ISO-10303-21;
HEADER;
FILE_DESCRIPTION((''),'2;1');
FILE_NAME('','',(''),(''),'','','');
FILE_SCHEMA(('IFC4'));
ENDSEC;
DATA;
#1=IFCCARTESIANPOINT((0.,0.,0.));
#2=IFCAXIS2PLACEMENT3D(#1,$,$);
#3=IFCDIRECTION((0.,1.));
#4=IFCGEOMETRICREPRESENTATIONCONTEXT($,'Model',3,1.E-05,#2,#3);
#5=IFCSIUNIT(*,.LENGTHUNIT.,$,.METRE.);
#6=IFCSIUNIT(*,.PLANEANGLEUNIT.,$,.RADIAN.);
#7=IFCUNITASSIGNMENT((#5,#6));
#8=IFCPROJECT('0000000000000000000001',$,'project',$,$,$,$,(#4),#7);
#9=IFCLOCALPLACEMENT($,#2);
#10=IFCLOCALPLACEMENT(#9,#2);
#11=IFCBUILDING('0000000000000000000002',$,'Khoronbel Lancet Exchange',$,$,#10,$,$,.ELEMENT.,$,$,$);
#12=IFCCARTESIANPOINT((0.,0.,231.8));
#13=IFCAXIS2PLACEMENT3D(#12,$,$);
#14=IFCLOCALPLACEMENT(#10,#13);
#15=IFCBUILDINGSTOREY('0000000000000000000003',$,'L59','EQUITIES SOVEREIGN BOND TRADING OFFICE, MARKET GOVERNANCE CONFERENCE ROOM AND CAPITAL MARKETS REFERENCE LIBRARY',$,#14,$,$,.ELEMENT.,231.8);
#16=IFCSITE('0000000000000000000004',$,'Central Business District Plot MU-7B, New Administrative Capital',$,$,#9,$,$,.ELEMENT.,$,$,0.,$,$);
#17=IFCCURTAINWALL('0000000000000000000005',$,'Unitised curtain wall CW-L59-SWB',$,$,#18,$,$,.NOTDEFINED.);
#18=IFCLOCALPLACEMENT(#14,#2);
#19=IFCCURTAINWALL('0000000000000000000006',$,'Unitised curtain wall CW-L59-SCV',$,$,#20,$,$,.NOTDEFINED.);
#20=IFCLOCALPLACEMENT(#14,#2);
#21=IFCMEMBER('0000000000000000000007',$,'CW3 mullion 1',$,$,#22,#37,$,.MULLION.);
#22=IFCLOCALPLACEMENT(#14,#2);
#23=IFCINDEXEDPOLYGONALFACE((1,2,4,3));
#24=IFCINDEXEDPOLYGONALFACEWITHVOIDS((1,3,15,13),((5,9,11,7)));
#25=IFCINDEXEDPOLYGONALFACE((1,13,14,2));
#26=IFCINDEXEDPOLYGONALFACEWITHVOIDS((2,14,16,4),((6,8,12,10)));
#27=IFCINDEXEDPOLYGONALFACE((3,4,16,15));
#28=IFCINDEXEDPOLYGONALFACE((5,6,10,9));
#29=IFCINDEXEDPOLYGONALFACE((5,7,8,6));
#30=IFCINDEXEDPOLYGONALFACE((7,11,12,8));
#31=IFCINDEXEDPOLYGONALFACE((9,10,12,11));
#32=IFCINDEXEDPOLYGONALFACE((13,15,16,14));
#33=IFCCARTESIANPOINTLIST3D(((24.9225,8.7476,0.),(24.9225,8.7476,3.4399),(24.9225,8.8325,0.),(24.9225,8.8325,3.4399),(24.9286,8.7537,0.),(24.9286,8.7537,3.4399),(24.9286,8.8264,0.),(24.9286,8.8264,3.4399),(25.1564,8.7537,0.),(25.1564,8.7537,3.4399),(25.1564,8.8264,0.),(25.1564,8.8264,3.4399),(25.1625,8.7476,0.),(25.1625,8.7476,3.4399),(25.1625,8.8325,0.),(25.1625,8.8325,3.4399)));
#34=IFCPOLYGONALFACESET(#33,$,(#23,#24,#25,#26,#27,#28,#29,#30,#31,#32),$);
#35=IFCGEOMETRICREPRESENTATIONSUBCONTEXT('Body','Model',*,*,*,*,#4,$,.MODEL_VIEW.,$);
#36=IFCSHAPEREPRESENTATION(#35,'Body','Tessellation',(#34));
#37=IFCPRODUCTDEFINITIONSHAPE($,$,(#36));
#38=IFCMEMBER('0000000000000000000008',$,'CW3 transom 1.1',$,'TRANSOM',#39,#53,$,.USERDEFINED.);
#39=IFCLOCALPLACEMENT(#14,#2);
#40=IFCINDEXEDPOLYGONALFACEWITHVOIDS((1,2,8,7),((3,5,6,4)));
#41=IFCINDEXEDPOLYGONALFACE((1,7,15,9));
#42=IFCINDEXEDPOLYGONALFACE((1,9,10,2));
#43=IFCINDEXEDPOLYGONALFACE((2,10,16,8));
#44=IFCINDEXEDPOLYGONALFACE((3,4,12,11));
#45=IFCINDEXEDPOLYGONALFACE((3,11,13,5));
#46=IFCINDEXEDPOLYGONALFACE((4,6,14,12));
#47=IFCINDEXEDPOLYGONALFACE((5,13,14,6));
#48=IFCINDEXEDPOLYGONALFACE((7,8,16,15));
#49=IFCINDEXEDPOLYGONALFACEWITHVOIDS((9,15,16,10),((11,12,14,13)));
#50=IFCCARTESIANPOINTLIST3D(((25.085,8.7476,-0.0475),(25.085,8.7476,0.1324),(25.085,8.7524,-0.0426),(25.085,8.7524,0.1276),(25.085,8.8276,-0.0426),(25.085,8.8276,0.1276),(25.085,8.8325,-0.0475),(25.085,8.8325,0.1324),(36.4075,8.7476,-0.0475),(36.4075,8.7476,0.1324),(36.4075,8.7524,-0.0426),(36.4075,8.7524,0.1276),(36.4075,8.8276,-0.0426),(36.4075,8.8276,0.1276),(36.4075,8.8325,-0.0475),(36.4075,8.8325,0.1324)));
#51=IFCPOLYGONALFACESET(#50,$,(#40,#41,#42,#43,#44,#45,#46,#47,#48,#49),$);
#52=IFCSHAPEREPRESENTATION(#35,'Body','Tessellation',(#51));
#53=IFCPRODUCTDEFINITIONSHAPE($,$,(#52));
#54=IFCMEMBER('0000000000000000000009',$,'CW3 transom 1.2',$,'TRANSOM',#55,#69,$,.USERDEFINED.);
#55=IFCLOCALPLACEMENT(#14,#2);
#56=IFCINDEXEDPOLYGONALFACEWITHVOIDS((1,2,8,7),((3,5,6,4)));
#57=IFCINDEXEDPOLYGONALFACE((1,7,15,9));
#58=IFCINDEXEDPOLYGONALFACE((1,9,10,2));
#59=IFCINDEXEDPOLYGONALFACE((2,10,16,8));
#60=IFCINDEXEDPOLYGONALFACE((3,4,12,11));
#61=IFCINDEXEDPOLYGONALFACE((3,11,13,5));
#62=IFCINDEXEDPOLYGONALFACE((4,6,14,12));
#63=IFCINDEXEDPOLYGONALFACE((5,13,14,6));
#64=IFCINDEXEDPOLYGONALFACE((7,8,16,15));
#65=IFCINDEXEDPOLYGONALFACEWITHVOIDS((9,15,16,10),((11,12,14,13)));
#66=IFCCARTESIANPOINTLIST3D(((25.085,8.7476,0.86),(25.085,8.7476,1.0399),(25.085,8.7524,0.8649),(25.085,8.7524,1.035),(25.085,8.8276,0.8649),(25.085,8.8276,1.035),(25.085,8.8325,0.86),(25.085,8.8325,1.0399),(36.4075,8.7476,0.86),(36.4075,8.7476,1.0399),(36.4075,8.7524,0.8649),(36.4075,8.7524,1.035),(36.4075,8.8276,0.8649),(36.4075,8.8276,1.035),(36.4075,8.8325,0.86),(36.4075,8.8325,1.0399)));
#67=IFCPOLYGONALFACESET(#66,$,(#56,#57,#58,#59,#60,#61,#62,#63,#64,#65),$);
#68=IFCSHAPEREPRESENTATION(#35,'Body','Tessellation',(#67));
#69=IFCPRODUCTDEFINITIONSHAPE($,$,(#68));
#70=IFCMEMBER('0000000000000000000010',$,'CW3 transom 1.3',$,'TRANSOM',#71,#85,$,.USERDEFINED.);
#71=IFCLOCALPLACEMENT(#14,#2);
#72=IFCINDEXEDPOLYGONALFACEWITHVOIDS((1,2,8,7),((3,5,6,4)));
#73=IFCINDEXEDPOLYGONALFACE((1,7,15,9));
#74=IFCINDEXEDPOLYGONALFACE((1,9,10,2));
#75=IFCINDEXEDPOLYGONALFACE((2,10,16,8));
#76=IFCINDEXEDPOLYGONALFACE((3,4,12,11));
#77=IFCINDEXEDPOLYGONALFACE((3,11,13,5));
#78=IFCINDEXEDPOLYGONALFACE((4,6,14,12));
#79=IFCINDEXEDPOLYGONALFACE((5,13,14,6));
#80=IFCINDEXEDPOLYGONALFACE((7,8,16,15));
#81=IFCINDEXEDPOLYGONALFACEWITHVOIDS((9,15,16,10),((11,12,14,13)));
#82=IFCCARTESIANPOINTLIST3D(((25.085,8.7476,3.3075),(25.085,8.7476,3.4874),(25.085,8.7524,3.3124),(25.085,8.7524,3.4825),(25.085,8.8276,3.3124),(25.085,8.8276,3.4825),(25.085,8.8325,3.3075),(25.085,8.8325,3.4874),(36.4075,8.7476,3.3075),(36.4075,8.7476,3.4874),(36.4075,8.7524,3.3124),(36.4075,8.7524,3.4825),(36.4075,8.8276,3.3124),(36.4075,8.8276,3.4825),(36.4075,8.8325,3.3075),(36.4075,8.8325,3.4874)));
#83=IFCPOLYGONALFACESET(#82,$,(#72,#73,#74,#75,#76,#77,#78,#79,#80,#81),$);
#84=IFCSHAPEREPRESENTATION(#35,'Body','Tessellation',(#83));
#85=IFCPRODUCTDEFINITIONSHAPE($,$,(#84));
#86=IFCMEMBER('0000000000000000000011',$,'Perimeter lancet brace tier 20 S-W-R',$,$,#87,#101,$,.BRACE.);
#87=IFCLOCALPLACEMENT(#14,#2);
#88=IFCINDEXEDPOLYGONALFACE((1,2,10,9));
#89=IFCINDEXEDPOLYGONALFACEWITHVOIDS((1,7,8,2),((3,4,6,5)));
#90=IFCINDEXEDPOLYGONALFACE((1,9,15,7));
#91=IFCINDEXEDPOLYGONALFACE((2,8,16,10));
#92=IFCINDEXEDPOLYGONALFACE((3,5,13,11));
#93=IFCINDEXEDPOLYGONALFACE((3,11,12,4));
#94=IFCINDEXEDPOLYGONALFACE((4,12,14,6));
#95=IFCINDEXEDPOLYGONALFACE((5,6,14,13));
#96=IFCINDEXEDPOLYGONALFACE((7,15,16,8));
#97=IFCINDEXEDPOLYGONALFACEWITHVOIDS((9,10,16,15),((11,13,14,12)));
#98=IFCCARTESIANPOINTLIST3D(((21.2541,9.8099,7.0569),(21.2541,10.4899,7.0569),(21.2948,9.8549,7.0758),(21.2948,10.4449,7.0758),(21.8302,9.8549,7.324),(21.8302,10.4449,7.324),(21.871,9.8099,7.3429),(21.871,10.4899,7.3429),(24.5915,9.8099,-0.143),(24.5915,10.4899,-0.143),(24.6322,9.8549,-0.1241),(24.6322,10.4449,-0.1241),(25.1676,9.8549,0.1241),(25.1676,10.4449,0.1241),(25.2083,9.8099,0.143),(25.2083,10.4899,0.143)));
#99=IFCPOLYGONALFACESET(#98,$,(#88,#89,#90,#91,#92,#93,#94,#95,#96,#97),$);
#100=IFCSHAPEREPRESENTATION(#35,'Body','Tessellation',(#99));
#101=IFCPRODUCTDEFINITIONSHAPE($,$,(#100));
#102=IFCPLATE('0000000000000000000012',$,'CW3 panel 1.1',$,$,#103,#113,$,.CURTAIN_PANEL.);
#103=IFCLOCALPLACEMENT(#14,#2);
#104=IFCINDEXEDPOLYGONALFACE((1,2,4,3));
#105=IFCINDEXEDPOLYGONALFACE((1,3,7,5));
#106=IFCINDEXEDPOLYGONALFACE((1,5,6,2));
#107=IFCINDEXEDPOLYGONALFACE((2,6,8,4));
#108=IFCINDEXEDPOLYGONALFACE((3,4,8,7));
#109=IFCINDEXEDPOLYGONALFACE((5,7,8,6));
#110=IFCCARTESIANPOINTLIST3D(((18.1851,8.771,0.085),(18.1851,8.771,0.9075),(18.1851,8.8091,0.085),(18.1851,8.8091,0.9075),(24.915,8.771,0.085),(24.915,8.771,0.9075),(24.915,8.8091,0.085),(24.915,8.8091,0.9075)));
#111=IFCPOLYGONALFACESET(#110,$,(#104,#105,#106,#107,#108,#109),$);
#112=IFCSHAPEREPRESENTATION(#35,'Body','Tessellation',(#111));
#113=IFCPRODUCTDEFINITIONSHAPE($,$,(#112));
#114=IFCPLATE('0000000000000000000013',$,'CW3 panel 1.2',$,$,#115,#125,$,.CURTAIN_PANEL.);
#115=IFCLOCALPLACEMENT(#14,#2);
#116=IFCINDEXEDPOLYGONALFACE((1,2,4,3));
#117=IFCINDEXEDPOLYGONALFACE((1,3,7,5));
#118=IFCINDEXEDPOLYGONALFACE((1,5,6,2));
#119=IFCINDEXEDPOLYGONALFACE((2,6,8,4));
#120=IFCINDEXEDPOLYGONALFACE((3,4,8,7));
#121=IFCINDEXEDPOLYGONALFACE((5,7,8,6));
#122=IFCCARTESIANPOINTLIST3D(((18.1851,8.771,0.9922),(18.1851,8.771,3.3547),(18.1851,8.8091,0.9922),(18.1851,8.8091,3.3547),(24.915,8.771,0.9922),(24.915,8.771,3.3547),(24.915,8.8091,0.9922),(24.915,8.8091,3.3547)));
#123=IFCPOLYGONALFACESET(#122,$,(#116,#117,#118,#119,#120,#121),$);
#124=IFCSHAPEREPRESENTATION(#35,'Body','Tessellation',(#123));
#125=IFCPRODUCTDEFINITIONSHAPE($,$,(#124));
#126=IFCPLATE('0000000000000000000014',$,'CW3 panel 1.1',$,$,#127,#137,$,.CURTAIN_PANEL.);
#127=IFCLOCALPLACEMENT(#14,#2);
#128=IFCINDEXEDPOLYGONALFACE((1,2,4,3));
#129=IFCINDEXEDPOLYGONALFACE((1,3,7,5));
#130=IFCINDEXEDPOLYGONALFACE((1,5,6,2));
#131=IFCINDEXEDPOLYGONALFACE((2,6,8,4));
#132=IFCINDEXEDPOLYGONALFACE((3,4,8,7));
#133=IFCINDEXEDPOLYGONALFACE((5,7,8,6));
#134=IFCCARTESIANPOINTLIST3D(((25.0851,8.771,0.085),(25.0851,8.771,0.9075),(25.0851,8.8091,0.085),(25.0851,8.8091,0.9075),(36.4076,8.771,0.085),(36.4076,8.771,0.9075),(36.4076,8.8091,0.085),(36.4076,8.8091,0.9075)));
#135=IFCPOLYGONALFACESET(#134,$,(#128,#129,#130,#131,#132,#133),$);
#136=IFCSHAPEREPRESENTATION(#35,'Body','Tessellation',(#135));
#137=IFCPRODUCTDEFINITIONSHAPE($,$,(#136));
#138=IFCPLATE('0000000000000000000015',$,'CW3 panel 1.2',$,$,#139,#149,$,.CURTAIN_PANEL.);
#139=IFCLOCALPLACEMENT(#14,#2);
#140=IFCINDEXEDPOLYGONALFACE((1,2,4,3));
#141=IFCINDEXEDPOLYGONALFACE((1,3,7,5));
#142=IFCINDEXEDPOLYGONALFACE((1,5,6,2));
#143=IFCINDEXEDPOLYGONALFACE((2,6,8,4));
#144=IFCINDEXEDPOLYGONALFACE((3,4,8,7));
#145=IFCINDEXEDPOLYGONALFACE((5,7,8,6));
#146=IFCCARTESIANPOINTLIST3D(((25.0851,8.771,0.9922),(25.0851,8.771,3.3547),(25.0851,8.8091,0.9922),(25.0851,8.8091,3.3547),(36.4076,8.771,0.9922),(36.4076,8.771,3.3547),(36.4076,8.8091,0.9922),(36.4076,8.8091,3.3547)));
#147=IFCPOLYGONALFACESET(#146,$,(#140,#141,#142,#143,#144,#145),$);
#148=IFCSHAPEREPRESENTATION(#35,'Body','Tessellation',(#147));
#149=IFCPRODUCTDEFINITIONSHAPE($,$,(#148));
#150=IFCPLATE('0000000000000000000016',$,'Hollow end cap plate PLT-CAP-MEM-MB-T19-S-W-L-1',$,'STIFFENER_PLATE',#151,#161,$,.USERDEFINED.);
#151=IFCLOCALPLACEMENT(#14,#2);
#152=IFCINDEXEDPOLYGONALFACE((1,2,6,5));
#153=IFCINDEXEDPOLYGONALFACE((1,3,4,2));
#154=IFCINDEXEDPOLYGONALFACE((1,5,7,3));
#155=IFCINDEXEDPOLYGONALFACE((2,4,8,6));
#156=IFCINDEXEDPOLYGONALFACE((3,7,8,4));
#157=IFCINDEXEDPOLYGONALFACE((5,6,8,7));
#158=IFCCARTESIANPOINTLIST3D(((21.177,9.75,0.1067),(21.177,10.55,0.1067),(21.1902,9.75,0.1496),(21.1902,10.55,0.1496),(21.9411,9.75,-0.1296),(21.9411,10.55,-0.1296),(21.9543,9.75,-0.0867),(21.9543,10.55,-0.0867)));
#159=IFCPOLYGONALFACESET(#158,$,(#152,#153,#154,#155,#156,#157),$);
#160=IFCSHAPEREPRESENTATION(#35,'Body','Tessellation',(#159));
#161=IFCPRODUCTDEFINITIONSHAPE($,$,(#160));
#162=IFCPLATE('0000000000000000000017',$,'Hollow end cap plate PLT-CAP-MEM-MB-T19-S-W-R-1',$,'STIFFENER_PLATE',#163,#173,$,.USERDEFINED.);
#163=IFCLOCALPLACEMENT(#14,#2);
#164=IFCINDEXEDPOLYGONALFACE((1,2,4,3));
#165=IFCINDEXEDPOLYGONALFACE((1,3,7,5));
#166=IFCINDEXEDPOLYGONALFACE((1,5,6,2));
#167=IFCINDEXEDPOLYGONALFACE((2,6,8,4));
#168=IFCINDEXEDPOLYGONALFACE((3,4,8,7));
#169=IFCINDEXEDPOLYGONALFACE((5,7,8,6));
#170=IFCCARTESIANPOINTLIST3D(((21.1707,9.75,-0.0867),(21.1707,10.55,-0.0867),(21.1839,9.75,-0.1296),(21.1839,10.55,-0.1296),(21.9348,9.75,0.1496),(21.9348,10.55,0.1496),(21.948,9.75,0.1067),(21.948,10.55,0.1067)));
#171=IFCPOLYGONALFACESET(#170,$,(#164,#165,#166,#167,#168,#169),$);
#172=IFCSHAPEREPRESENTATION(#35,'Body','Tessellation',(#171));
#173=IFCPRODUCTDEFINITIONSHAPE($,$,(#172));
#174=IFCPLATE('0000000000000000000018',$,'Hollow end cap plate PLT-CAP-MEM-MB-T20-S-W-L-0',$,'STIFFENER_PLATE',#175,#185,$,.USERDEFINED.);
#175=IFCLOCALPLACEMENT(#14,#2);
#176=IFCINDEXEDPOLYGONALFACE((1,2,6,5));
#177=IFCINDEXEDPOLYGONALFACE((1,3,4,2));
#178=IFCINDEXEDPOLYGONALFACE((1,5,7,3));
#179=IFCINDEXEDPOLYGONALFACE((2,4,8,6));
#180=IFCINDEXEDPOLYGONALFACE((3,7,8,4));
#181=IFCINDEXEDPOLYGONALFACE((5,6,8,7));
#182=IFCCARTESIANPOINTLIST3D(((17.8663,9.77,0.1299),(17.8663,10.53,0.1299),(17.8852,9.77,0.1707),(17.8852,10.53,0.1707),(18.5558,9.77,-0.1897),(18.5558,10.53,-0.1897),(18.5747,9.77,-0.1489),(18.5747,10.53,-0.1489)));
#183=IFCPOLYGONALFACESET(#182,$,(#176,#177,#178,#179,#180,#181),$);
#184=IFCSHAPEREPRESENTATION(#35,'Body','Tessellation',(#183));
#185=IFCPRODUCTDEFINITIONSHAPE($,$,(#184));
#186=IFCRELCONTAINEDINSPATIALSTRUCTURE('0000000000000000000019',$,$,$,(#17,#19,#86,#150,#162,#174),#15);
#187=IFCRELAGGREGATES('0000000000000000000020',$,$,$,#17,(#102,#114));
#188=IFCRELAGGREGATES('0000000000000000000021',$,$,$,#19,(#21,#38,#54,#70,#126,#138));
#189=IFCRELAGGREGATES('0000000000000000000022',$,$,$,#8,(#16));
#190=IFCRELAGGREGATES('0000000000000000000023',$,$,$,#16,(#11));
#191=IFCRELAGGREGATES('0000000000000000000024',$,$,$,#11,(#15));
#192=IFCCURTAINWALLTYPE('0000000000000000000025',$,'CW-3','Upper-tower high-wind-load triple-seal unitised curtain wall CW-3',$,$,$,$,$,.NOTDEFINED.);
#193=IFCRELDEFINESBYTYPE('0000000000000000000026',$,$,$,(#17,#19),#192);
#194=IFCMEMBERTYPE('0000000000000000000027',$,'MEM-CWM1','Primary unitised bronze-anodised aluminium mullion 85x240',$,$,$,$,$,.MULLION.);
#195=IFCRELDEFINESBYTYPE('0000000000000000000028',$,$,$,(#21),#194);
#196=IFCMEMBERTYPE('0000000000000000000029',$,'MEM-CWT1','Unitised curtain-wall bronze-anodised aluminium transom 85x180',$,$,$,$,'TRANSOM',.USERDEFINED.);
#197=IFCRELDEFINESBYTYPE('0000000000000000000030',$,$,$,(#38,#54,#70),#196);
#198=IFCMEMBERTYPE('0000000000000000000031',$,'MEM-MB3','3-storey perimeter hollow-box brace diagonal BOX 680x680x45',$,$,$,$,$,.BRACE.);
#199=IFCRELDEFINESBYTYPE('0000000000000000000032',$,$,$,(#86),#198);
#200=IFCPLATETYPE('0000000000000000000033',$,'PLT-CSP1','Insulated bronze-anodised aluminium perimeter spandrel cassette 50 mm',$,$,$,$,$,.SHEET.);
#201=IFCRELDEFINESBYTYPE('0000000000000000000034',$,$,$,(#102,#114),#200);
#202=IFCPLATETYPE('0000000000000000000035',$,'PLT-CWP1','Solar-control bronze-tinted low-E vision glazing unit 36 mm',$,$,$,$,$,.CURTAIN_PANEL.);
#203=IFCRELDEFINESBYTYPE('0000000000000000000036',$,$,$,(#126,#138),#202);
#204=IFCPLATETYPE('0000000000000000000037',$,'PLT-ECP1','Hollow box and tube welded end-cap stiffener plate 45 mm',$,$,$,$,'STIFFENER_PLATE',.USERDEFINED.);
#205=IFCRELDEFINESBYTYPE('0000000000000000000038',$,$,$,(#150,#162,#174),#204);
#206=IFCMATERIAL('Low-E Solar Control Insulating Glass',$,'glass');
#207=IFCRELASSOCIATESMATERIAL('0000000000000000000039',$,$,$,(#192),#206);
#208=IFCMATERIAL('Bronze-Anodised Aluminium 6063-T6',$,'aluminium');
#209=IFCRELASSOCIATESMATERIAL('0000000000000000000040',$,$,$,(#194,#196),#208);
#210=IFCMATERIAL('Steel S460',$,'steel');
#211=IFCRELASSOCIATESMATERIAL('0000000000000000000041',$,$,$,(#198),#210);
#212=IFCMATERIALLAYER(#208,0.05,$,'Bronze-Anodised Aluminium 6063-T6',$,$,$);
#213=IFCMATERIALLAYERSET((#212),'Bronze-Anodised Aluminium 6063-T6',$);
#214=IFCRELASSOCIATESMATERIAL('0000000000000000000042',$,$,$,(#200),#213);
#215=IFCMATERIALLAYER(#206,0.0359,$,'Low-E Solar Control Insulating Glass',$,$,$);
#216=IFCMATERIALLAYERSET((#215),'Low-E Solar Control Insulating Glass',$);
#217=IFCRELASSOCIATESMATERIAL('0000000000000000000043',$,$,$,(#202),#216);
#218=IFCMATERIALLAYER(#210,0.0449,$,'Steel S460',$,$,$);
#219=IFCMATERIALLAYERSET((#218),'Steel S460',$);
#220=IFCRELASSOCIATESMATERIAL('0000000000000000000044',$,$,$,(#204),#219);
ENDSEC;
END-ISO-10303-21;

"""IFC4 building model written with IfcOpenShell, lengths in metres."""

from ifc_helpers import new_model, si_unit, direction, frame, origin, origin_2d, place, context, subcontext, project, spatial, polyline, rectangle, hollow_rectangle, outline, extrude, material, layer, layer_set, material_profile, profile_set, type_object, element, aggregate, save


model = new_model("IFC4")

# Units and contexts
model_context = context("Model", 3, precision=1e-05, world=origin(), true_north=direction((0.0, 1.0)))
body_context = subcontext(model_context, "Body", "Model", "MODEL_VIEW")
ifc_project = project(units=[si_unit("LENGTHUNIT", "METRE"), si_unit("PLANEANGLEUNIT", "RADIAN")], contexts=[model_context])

# Site, building, storey
site_placement = place(None, origin())
site = spatial("IfcSite", under=ifc_project, at=site_placement, Name="Central Business District Plot MU-7B, New Administrative Capital", CompositionType="ELEMENT", RefElevation=0.0)
building_placement = place(site_placement, origin())
building = spatial("IfcBuilding", under=site, at=building_placement, Name="Khoronbel Lancet Exchange", CompositionType="ELEMENT")
storey_placement = place(building_placement, frame((0.0, 0.0, 231.8)))
storey = spatial("IfcBuildingStorey", under=building, at=storey_placement, Name="L59", Description="EQUITIES SOVEREIGN BOND TRADING OFFICE, MARKET GOVERNANCE CONFERENCE ROOM AND CAPITAL MARKETS REFERENCE LIBRARY", CompositionType="ELEMENT", Elevation=231.8)

# Shared definitions
ifc_material_1 = material(Name="Steel S460", Category="steel")

# Curtain wall
ifc_material_2 = material(Name="Low-E Solar Control Insulating Glass", Category="glass")
curtain_wall_type = type_object("IfcCurtainWallType", Name="CW-3", Description="Upper-tower high-wind-load triple-seal unitised curtain wall CW-3", PredefinedType="NOTDEFINED", material=ifc_material_2)
curtain_wall_1_placement = place(storey_placement, origin())
curtain_wall_1 = element("IfcCurtainWall", 1, at=curtain_wall_1_placement, inside=storey, type_object=curtain_wall_type, Name="Unitised curtain wall CW-L59-SWB", PredefinedType="NOTDEFINED")
ifc_material_3 = material(Name="Bronze-Anodised Aluminium 6063-T6", Category="aluminium")
ifc_material_profile_1 = material_profile(ifc_material_3, hollow_rectangle(XDim=0.085, YDim=0.24, WallThickness=0.0061, at=origin_2d()), Name="ALU MULLION 85x240")
ifc_profile_set_1 = profile_set([ifc_material_profile_1], Name="Bronze-Anodised Aluminium 6063-T6")
member_type_1 = type_object("IfcMemberType", Name="MEM-CWM1", Description="Primary unitised bronze-anodised aluminium mullion 85x240", PredefinedType="MULLION", material=ifc_profile_set_1)

# Curtain wall, members
curtain_wall_2_placement = place(storey_placement, origin())
curtain_wall_2 = element("IfcCurtainWall", 2, at=curtain_wall_2_placement, inside=storey, type_object=curtain_wall_type, Name="Unitised curtain wall CW-L59-SCV", PredefinedType="NOTDEFINED")
member_1_placement = place(storey_placement, frame((25.0425, 8.79, 0.0), z_axis=(0.0, 0.0, 1.0), x_axis=(0.0, 1.0, 0.0)))
member_1 = element("IfcMember", 3, at=member_1_placement, type_object=member_type_1, Name="CW3 mullion 1", PredefinedType="MULLION", context=body_context, shape_type="SweptSolid", body=[
    extrude(hollow_rectangle(XDim=0.085, YDim=0.24, WallThickness=0.0061, at=origin_2d()), origin(), (0.0, 0.0, 1.0), 3.4399),
])
ifc_material_profile_2 = material_profile(ifc_material_3, hollow_rectangle(XDim=0.085, YDim=0.1799, WallThickness=0.0049, at=origin_2d()), Name="ALU TRANSOM 85x180")
ifc_profile_set_2 = profile_set([ifc_material_profile_2], Name="Bronze-Anodised Aluminium 6063-T6")
member_type_2 = type_object("IfcMemberType", Name="MEM-CWT1", Description="Unitised curtain-wall bronze-anodised aluminium transom 85x180", ElementType="TRANSOM", PredefinedType="USERDEFINED", material=ifc_profile_set_2)
member_2_placement = place(storey_placement, frame((25.085, 8.79, 0.0425), z_axis=(1.0, 0.0, 0.0), x_axis=(0.0, 1.0, 0.0)))
member_2 = element("IfcMember", 4, at=member_2_placement, type_object=member_type_2, Name="CW3 transom 1.1", ObjectType="TRANSOM", PredefinedType="USERDEFINED", context=body_context, shape_type="SweptSolid", body=[
    extrude(hollow_rectangle(XDim=0.085, YDim=0.1799, WallThickness=0.0049, at=origin_2d()), origin(), (0.0, 0.0, 1.0), 11.3225),
])
member_3_placement = place(storey_placement, frame((25.085, 8.79, 0.95), z_axis=(1.0, 0.0, 0.0), x_axis=(0.0, 1.0, 0.0)))
member_3 = element("IfcMember", 5, at=member_3_placement, type_object=member_type_2, Name="CW3 transom 1.2", ObjectType="TRANSOM", PredefinedType="USERDEFINED", context=body_context, shape_type="SweptSolid", body=[
    extrude(hollow_rectangle(XDim=0.085, YDim=0.1799, WallThickness=0.0049, at=origin_2d()), origin(), (0.0, 0.0, 1.0), 11.3225),
])
member_4_placement = place(storey_placement, frame((25.085, 8.79, 3.3975), z_axis=(1.0, 0.0, 0.0), x_axis=(0.0, 1.0, 0.0)))
member_4 = element("IfcMember", 6, at=member_4_placement, type_object=member_type_2, Name="CW3 transom 1.3", ObjectType="TRANSOM", PredefinedType="USERDEFINED", context=body_context, shape_type="SweptSolid", body=[
    extrude(hollow_rectangle(XDim=0.085, YDim=0.1799, WallThickness=0.0049, at=origin_2d()), origin(), (0.0, 0.0, 1.0), 11.3225),
])

# Member
ifc_material_profile_3 = material_profile(ifc_material_1, hollow_rectangle(XDim=0.6799, YDim=0.6799, WallThickness=0.0449, at=origin_2d()), Name="BOX 680x680x45")
ifc_profile_set_3 = profile_set([ifc_material_profile_3], Name="Steel S460")
member_type_3 = type_object("IfcMemberType", Name="MEM-MB3", Description="3-storey perimeter hollow-box brace diagonal BOX 680x680x45", PredefinedType="BRACE", material=ifc_profile_set_3)
member_5_placement = place(storey_placement, frame((24.8999, 10.1499, 0.0), z_axis=(-0.420548, 0.0, 0.90727), x_axis=(0.0, -1.0, 0.0)))
element("IfcMember", 7, at=member_5_placement, inside=storey, type_object=member_type_3, Name="Perimeter lancet brace tier 20 S-W-R", PredefinedType="BRACE", context=body_context, shape_type="SweptSolid", body=[
    extrude(hollow_rectangle(XDim=0.6799, YDim=0.6799, WallThickness=0.0449, at=origin_2d()), origin(), (0.0, 0.0, 1.0), 7.9358),
])

# Plates
ifc_layer_1 = layer(ifc_material_3, 0.05, Name="Bronze-Anodised Aluminium 6063-T6")
ifc_layer_set_1 = layer_set([ifc_layer_1], Name="Bronze-Anodised Aluminium 6063-T6")
plate_type_1 = type_object("IfcPlateType", Name="PLT-CSP1", Description="Insulated bronze-anodised aluminium perimeter spandrel cassette 50 mm", PredefinedType="SHEET", material=ifc_layer_set_1)
plate_1_placement = place(storey_placement, frame((21.55, 8.79, 0.085), z_axis=(0.0, 0.0, 1.0), x_axis=(1.0, 0.0, 0.0)))
plate_1 = element("IfcPlate", 8, at=plate_1_placement, type_object=plate_type_1, Name="CW3 panel 1.1", PredefinedType="CURTAIN_PANEL", context=body_context, shape_type="SweptSolid", body=[
    extrude(rectangle(XDim=6.73, YDim=0.0381, at=origin_2d()), origin(), (0.0, 0.0, 1.0), 0.8225),
])
plate_2_placement = place(storey_placement, frame((21.55, 8.79, 0.9922), z_axis=(0.0, 0.0, 1.0), x_axis=(1.0, 0.0, 0.0)))
plate_2 = element("IfcPlate", 9, at=plate_2_placement, type_object=plate_type_1, Name="CW3 panel 1.2", PredefinedType="CURTAIN_PANEL", context=body_context, shape_type="SweptSolid", body=[
    extrude(rectangle(XDim=6.73, YDim=0.0381, at=origin_2d()), origin(), (0.0, 0.0, 1.0), 2.3625),
])
aggregate(curtain_wall_1, [plate_1, plate_2])
ifc_layer_2 = layer(ifc_material_2, 0.0359, Name="Low-E Solar Control Insulating Glass")
ifc_layer_set_2 = layer_set([ifc_layer_2], Name="Low-E Solar Control Insulating Glass")
plate_type_2 = type_object("IfcPlateType", Name="PLT-CWP1", Description="Solar-control bronze-tinted low-E vision glazing unit 36 mm", PredefinedType="CURTAIN_PANEL", material=ifc_layer_set_2)
plate_3_placement = place(storey_placement, frame((30.7463, 8.79, 0.085), z_axis=(0.0, 0.0, 1.0), x_axis=(1.0, 0.0, 0.0)))
plate_3 = element("IfcPlate", 10, at=plate_3_placement, type_object=plate_type_2, Name="CW3 panel 1.1", PredefinedType="CURTAIN_PANEL", context=body_context, shape_type="SweptSolid", body=[
    extrude(rectangle(XDim=11.3225, YDim=0.0381, at=origin_2d()), origin(), (0.0, 0.0, 1.0), 0.8225),
])
plate_4_placement = place(storey_placement, frame((30.7463, 8.79, 0.9922), z_axis=(0.0, 0.0, 1.0), x_axis=(1.0, 0.0, 0.0)))
plate_4 = element("IfcPlate", 11, at=plate_4_placement, type_object=plate_type_2, Name="CW3 panel 1.2", PredefinedType="CURTAIN_PANEL", context=body_context, shape_type="SweptSolid", body=[
    extrude(rectangle(XDim=11.3225, YDim=0.0381, at=origin_2d()), origin(), (0.0, 0.0, 1.0), 2.3625),
])
aggregate(curtain_wall_2, [member_1, member_2, member_3, member_4, plate_3, plate_4])

# Plates
ifc_layer_3 = layer(ifc_material_1, 0.0449, Name="Steel S460")
ifc_layer_set_3 = layer_set([ifc_layer_3], Name="Steel S460")
plate_type_3 = type_object("IfcPlateType", Name="PLT-ECP1", Description="Hollow box and tube welded end-cap stiffener plate 45 mm", ElementType="STIFFENER_PLATE", PredefinedType="USERDEFINED", material=ifc_layer_set_3)
for number, where, z_axis, x_axis, name in (
    (12, (21.9543, 9.75, -0.0867), (0.295458, 0.0, 0.955356), (0.0, 1.0, 0.0), "Hollow end cap plate PLT-CAP-MEM-MB-T19-S-W-L-1"),
    (13, (21.1707, 10.55, -0.0867), (-0.295458, 0.0, 0.955356), (0.0, -1.0, 0.0), "Hollow end cap plate PLT-CAP-MEM-MB-T19-S-W-R-1"),
):
    element("IfcPlate", number, at=place(storey_placement, frame(where, z_axis=z_axis, x_axis=x_axis)), inside=storey, type_object=plate_type_3, Name=name, ObjectType="STIFFENER_PLATE", PredefinedType="USERDEFINED", context=body_context, shape_type="SweptSolid", body=[
        extrude(outline(polyline([(0.0, 0.0), (0.8, 0.0), (0.8, 0.7998), (0.0, 0.7998), (0.0, 0.0)])), origin(), (0.0, 0.0, -1.0), 0.0449),
    ])
for number, where, z_axis, x_axis, name in (
    (14, (18.5747, 9.77, -0.1489), (0.420545, 0.0, 0.907272), (0.0, 1.0, 0.0), "Hollow end cap plate PLT-CAP-MEM-MB-T20-S-W-L-0"),
):
    element("IfcPlate", number, at=place(storey_placement, frame(where, z_axis=z_axis, x_axis=x_axis)), inside=storey, type_object=plate_type_3, Name=name, ObjectType="STIFFENER_PLATE", PredefinedType="USERDEFINED", context=body_context, shape_type="SweptSolid", body=[
        extrude(outline(polyline([(0.0, 0.0), (0.76, 0.0), (0.76, 0.76), (0.0, 0.76), (0.0, 0.0)])), origin(), (0.0, 0.0, -1.0), 0.0449),
    ])

save(model, "model.ifc")
